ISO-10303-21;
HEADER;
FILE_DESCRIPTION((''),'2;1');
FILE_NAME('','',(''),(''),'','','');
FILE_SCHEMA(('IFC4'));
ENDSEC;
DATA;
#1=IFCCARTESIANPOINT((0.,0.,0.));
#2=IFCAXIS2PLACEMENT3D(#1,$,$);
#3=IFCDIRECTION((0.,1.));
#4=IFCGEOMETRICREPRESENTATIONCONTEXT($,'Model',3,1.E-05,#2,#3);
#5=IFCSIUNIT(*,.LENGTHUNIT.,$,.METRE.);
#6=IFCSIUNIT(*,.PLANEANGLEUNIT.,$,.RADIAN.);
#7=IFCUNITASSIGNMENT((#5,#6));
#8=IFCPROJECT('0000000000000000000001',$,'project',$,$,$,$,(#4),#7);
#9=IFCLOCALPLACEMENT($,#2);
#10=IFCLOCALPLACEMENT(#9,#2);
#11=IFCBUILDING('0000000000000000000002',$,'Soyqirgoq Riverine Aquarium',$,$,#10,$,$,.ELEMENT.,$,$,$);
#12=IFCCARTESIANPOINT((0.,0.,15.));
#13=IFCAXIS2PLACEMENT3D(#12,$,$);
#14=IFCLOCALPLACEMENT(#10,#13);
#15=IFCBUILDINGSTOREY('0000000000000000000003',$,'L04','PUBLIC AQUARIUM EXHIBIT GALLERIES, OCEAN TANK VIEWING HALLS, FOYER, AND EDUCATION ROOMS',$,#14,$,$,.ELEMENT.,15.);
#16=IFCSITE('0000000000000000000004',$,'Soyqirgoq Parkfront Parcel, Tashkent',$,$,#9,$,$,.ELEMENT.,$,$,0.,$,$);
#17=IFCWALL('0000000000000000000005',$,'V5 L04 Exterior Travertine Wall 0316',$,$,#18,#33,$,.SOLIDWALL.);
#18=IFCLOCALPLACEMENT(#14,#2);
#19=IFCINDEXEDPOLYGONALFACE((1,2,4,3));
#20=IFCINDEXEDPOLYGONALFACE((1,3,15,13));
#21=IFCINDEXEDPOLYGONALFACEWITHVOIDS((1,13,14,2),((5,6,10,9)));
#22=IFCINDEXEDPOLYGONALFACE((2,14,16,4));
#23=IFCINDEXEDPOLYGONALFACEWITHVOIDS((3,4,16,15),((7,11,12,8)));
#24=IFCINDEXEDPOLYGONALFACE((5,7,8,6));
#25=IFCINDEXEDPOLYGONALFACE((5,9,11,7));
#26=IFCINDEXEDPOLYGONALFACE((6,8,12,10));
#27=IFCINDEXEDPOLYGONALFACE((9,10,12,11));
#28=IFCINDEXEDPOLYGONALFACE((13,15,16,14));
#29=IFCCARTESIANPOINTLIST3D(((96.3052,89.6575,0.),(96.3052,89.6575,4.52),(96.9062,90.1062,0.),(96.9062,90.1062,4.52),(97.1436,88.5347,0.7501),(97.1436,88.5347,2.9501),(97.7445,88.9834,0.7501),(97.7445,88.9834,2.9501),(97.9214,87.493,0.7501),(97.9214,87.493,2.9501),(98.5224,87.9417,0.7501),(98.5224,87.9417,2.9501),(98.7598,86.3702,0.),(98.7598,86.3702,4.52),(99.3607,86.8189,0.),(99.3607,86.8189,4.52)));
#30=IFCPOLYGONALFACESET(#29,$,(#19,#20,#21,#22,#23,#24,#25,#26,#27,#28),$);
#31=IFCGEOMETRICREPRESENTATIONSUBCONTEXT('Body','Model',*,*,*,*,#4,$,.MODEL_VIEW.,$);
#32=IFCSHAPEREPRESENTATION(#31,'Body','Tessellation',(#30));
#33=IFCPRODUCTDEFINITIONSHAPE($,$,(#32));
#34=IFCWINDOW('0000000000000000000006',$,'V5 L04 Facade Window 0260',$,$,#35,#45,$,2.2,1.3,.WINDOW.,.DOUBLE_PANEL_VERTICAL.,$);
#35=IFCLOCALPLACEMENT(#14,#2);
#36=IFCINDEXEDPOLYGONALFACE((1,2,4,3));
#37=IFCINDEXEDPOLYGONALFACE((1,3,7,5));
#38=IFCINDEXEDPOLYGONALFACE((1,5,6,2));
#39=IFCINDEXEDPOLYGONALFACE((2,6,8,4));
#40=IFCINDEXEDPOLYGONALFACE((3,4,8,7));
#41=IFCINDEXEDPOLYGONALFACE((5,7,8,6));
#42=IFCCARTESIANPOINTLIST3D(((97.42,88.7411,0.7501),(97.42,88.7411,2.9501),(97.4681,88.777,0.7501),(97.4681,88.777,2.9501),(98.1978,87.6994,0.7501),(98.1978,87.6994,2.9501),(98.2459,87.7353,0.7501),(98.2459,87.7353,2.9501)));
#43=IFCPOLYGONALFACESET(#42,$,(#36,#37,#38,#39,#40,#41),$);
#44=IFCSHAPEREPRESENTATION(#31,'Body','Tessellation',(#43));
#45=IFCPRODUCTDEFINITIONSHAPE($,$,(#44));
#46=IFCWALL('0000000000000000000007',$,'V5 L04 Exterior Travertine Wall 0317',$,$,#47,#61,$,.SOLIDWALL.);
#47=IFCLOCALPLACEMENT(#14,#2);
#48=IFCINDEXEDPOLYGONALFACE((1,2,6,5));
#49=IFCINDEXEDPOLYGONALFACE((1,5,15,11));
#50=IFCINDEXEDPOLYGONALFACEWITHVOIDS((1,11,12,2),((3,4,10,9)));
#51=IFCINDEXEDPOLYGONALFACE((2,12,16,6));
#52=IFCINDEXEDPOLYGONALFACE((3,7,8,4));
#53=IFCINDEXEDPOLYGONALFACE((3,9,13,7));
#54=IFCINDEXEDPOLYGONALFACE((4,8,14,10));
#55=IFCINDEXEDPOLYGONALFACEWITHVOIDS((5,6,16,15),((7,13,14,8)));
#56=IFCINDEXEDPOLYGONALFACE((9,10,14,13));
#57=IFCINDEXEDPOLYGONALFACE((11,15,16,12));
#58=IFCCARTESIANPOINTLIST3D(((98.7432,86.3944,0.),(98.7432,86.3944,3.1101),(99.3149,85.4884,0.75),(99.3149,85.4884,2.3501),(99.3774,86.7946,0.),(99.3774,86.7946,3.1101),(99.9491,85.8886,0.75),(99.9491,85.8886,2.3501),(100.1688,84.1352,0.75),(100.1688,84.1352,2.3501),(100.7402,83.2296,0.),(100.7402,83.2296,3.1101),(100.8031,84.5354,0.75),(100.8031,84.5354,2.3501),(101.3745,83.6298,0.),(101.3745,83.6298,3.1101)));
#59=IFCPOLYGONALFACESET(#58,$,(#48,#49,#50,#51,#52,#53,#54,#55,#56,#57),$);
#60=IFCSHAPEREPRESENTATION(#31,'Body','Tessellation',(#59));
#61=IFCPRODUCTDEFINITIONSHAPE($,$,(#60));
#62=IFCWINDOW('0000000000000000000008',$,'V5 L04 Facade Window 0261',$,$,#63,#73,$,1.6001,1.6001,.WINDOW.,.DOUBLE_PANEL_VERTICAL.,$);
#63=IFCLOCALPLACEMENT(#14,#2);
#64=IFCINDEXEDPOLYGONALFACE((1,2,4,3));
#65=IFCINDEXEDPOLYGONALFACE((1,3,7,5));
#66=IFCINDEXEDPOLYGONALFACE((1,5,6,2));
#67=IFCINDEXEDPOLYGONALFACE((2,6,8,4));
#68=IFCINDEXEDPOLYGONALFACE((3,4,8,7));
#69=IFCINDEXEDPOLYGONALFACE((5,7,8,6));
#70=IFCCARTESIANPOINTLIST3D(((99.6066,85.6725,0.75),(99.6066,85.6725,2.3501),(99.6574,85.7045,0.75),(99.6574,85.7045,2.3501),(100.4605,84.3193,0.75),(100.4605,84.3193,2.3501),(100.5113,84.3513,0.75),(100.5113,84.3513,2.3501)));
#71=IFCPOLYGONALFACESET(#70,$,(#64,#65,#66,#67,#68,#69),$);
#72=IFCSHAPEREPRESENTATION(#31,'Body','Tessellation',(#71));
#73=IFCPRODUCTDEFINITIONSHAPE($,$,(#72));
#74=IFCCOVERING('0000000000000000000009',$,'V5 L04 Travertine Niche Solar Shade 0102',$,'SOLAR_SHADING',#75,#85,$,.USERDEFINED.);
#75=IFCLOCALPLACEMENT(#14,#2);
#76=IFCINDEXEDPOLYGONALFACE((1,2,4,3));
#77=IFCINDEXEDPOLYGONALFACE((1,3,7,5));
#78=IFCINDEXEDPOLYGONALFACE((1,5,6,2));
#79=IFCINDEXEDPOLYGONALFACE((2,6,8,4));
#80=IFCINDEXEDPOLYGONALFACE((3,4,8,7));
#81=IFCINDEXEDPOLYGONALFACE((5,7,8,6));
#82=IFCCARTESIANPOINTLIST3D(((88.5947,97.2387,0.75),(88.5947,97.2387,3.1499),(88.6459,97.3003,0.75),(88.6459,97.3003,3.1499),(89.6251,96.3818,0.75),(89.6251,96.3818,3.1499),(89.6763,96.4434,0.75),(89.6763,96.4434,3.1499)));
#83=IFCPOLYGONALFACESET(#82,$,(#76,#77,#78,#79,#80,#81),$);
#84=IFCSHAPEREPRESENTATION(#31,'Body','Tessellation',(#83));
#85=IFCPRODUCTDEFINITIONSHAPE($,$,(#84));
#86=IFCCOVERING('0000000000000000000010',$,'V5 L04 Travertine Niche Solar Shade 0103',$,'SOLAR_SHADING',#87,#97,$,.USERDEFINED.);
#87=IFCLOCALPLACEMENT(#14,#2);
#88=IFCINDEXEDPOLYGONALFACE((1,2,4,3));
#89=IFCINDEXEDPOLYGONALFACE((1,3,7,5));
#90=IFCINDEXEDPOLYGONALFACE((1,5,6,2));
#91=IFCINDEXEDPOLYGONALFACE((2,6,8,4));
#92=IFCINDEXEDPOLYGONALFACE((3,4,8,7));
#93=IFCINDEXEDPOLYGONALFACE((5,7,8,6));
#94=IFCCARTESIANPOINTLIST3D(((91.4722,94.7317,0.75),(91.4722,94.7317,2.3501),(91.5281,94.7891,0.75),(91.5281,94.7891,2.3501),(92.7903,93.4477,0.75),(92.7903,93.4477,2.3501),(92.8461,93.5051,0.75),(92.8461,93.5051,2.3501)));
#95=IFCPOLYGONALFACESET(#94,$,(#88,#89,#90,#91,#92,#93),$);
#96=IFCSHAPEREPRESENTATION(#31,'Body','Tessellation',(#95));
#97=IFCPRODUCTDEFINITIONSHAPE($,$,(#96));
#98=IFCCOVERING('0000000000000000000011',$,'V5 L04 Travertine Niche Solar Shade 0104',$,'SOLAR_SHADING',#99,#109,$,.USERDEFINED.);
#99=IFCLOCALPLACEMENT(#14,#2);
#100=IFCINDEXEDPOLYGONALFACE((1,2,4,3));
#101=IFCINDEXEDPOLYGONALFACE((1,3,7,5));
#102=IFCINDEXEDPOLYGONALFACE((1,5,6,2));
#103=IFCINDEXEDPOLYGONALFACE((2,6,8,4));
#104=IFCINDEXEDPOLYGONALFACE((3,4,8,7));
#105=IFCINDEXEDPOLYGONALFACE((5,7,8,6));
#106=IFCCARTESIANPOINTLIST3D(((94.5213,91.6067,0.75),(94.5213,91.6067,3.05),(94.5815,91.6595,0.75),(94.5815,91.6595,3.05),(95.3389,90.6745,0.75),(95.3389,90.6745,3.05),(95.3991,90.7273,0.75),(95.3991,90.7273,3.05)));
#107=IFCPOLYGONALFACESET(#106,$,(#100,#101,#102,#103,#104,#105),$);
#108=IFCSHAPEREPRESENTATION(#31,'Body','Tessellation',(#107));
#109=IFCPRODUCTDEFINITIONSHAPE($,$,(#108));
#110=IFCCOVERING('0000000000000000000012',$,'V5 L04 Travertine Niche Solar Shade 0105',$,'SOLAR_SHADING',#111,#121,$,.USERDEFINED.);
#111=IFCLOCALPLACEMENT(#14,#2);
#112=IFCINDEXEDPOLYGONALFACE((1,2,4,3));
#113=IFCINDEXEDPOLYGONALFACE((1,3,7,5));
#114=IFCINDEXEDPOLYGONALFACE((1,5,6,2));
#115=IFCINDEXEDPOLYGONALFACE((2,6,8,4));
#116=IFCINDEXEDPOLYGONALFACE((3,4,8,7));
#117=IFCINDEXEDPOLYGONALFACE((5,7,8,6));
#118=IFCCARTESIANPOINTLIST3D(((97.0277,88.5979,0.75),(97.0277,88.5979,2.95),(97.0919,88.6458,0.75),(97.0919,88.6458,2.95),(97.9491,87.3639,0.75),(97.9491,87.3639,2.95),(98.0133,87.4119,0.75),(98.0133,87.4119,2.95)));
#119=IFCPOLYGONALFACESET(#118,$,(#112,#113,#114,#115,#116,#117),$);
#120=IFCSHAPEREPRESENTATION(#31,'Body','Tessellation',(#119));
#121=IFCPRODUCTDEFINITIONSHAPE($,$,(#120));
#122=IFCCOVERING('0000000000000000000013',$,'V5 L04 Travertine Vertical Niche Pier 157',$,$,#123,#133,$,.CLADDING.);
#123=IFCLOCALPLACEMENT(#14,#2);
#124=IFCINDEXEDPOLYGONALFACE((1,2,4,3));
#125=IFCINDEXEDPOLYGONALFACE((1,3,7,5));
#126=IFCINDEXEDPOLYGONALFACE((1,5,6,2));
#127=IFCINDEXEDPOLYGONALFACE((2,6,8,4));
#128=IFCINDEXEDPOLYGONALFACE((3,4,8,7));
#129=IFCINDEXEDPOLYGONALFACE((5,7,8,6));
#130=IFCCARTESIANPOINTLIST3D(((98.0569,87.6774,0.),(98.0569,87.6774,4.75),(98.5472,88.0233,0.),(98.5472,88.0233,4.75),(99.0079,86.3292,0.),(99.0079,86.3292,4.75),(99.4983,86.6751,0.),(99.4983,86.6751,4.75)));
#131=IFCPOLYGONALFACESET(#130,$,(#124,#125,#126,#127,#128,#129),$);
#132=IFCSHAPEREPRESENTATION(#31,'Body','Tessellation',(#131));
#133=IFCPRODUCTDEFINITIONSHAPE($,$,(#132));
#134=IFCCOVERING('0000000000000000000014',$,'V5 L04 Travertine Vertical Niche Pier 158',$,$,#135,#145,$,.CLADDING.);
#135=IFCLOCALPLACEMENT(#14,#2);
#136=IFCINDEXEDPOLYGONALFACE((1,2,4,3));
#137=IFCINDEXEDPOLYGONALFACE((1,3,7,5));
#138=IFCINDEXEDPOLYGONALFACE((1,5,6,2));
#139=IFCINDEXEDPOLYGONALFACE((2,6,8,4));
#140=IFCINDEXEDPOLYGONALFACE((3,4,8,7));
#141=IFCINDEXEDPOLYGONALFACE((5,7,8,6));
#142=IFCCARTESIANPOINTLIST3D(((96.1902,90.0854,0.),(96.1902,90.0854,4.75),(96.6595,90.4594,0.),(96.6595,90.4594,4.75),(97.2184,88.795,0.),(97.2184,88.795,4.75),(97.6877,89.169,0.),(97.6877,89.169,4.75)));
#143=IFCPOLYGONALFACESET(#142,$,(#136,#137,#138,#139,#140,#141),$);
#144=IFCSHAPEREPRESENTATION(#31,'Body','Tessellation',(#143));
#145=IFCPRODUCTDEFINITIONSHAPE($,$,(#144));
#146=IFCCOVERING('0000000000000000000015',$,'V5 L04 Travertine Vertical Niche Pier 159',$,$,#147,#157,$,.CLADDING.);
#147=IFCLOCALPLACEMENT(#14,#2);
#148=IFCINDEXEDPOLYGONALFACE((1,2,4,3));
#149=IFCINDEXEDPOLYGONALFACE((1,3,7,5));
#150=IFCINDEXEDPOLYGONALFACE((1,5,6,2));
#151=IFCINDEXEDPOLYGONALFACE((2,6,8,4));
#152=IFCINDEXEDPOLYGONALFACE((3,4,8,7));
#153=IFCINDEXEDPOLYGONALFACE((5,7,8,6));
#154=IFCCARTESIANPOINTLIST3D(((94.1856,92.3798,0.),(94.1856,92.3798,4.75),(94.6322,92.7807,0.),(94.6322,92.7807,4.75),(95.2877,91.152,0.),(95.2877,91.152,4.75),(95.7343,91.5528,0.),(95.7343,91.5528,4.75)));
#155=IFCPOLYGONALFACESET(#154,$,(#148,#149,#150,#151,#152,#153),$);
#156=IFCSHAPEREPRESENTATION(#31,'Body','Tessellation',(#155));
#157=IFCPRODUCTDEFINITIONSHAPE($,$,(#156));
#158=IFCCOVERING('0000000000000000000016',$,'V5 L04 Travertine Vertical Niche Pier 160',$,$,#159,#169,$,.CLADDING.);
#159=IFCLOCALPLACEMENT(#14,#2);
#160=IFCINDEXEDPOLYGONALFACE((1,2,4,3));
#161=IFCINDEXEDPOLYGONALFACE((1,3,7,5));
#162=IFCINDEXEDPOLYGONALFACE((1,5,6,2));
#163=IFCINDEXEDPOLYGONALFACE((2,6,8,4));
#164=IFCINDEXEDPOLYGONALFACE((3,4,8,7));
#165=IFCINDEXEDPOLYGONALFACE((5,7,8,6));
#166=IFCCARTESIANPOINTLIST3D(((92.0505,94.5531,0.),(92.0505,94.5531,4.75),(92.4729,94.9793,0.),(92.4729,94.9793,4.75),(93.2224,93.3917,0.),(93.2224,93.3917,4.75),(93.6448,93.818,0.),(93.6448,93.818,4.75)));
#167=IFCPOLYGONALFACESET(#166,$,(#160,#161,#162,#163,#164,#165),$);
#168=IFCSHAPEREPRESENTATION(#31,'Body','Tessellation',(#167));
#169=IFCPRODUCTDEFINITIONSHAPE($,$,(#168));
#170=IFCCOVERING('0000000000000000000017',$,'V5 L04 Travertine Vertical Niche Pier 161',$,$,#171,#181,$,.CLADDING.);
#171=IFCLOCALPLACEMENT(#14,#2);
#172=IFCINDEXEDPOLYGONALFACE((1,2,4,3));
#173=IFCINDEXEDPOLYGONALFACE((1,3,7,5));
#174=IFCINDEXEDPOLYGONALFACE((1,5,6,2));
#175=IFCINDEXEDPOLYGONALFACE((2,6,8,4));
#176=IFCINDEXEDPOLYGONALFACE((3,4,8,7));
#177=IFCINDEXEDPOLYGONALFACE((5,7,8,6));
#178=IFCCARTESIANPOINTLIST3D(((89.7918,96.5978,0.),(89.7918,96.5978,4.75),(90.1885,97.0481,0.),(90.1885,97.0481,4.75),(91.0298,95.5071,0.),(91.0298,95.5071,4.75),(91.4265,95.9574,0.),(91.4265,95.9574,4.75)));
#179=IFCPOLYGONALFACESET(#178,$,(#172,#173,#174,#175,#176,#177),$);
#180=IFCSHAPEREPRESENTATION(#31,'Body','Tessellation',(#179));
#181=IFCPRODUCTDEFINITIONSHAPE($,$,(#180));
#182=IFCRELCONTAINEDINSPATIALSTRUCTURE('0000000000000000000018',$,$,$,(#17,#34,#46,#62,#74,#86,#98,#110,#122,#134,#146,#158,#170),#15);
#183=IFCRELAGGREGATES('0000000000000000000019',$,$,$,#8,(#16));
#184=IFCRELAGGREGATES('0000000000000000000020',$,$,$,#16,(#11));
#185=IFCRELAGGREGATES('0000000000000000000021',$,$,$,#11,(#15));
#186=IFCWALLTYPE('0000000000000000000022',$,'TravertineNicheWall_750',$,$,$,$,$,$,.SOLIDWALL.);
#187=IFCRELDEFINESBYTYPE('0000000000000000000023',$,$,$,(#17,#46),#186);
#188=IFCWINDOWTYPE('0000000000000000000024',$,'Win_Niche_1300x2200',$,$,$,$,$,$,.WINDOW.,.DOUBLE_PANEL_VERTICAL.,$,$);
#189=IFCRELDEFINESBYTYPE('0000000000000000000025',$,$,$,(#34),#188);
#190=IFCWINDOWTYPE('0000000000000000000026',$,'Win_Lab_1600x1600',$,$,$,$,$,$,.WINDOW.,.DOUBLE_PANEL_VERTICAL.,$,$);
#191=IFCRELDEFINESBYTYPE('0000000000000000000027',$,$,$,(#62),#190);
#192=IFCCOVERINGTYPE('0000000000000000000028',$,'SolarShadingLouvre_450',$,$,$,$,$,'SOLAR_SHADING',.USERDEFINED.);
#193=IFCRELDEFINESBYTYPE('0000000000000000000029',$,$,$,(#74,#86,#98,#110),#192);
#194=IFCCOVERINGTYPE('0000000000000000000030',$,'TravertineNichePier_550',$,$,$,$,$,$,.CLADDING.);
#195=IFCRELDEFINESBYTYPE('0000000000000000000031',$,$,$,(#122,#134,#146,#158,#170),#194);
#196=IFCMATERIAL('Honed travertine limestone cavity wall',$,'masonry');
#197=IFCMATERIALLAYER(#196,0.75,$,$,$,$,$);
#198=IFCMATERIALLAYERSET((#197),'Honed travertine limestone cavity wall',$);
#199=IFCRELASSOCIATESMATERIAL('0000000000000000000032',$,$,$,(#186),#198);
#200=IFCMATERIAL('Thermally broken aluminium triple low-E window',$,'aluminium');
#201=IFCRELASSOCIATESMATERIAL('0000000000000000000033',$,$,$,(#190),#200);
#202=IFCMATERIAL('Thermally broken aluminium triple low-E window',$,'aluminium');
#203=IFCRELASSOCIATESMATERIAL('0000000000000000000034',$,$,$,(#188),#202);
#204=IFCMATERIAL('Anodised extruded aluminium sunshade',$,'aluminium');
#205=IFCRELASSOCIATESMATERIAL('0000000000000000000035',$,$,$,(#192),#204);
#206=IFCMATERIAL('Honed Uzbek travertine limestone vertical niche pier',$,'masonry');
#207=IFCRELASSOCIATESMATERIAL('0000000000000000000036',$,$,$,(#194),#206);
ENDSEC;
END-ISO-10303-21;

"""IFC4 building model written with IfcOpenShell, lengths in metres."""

from ifc_helpers import new_model, si_unit, direction, frame, frame_2d, origin, origin_2d, place, context, subcontext, project, spatial, rectangle, extrude, material, layer, layer_set, type_object, element, fill, save


model = new_model("IFC4")

# Units and contexts
model_context = context("Model", 3, precision=1e-05, world=origin(), true_north=direction((0.0, 1.0)))
body_context = subcontext(model_context, "Body", "Model", "MODEL_VIEW")
ifc_project = project(units=[si_unit("LENGTHUNIT", "METRE"), si_unit("PLANEANGLEUNIT", "RADIAN")], contexts=[model_context])

# Site, building, storey
site_placement = place(None, origin())
site = spatial("IfcSite", under=ifc_project, at=site_placement, Name="Soyqirgoq Parkfront Parcel, Tashkent", CompositionType="ELEMENT", RefElevation=0.0)
building_placement = place(site_placement, origin())
building = spatial("IfcBuilding", under=site, at=building_placement, Name="Soyqirgoq Riverine Aquarium", CompositionType="ELEMENT")
storey_placement = place(building_placement, frame((0.0, 0.0, 15.0)))
storey = spatial("IfcBuildingStorey", under=building, at=storey_placement, Name="L04", Description="PUBLIC AQUARIUM EXHIBIT GALLERIES, OCEAN TANK VIEWING HALLS, FOYER, AND EDUCATION ROOMS", CompositionType="ELEMENT", Elevation=15.0)

# Walls, openings, windows
ifc_material_1 = material(Name="Honed travertine limestone cavity wall", Category="masonry")
ifc_layer = layer(ifc_material_1, 0.75)
ifc_layer_set = layer_set([ifc_layer], Name="Honed travertine limestone cavity wall")
wall_type = type_object("IfcWallType", Name="TravertineNicheWall_750", PredefinedType="SOLIDWALL", material=ifc_layer_set)
ifc_material_2 = material(Name="Thermally broken aluminium triple low-E window", Category="aluminium")
window_type_1 = type_object("IfcWindowType", Name="Win_Lab_1600x1600", PartitioningType="DOUBLE_PANEL_VERTICAL", PredefinedType="WINDOW", material=ifc_material_2)
wall_1_placement = place(storey_placement, frame((96.6057, 89.8818, 0.0), z_axis=(0.0, 0.0, 1.0), x_axis=(0.598294, -0.801276, 0.0)))
wall_1 = element("IfcWall", 1, at=wall_1_placement, inside=storey, type_object=wall_type, Name="V5 L04 Exterior Travertine Wall 0316", PredefinedType="SOLIDWALL", context=body_context, shape_type="SweptSolid", body=[
    extrude(rectangle(XDim=4.1025, YDim=0.75, at=frame_2d((2.0513, 0.0))), origin(), (0.0, 0.0, 1.0), 4.52),
])
opening_1_placement = place(wall_1_placement, frame((1.4014, 0.0, 0.75)))
opening_1 = element("IfcOpeningElement", 2, at=opening_1_placement, cuts=wall_1, PredefinedType="OPENING", context=body_context, shape_type="SweptSolid", body=[
    extrude(rectangle(XDim=1.3, YDim=2.2, at=frame_2d((0.6499, 1.1001))), frame((0.0, 0.385, 0.0), z_axis=(0.0, -1.0, 0.0), x_axis=(1.0, 0.0, 0.0)), (0.0, 0.0, 1.0), 0.77),
])
ifc_material_3 = material(Name="Thermally broken aluminium triple low-E window", Category="aluminium")
window_type_2 = type_object("IfcWindowType", Name="Win_Niche_1300x2200", PartitioningType="DOUBLE_PANEL_VERTICAL", PredefinedType="WINDOW", material=ifc_material_3)
window_1_placement = place(opening_1_placement, origin())
window_1 = element("IfcWindow", 3, at=window_1_placement, inside=storey, type_object=window_type_2, Name="V5 L04 Facade Window 0260", OverallHeight=2.2, OverallWidth=1.3, PartitioningType="DOUBLE_PANEL_VERTICAL", PredefinedType="WINDOW", context=body_context, shape_type="SweptSolid", body=[
    extrude(rectangle(XDim=1.3, YDim=2.2, at=frame_2d((0.6499, 1.1001))), frame((0.0, 0.03, 0.0), z_axis=(0.0, -1.0, 0.0), x_axis=(1.0, 0.0, 0.0)), (0.0, 0.0, 1.0), 0.0601),
])
fill(opening_1, window_1)
wall_2_placement = place(storey_placement, frame((99.0603, 86.5945, 0.0), z_axis=(0.0, 0.0, 1.0), x_axis=(0.533659, -0.8457, 0.0)))
wall_2 = element("IfcWall", 4, at=wall_2_placement, inside=storey, type_object=wall_type, Name="V5 L04 Exterior Travertine Wall 0317", PredefinedType="SOLIDWALL", context=body_context, shape_type="SweptSolid", body=[
    extrude(rectangle(XDim=3.7422, YDim=0.75, at=frame_2d((1.8711, 0.0))), origin(), (0.0, 0.0, 1.0), 3.1101),
])
opening_2_placement = place(wall_2_placement, frame((1.0713, 0.0, 0.75)))
opening_2 = element("IfcOpeningElement", 5, at=opening_2_placement, cuts=wall_2, PredefinedType="OPENING", context=body_context, shape_type="SweptSolid", body=[
    extrude(rectangle(XDim=1.6001, YDim=1.6001, at=frame_2d((0.8, 0.8))), frame((0.0, 0.385, 0.0), z_axis=(0.0, -1.0, 0.0), x_axis=(1.0, 0.0, 0.0)), (0.0, 0.0, 1.0), 0.77),
])
window_2_placement = place(opening_2_placement, origin())
window_2 = element("IfcWindow", 6, at=window_2_placement, inside=storey, type_object=window_type_1, Name="V5 L04 Facade Window 0261", OverallHeight=1.6001, OverallWidth=1.6001, PartitioningType="DOUBLE_PANEL_VERTICAL", PredefinedType="WINDOW", context=body_context, shape_type="SweptSolid", body=[
    extrude(rectangle(XDim=1.6001, YDim=1.6001, at=frame_2d((0.8, 0.8))), frame((0.0, 0.03, 0.0), z_axis=(0.0, -1.0, 0.0), x_axis=(1.0, 0.0, 0.0)), (0.0, 0.0, 1.0), 0.0601),
])
fill(opening_2, window_2)

# Coverings
ifc_material_4 = material(Name="Anodised extruded aluminium sunshade", Category="aluminium")
covering_type_1 = type_object("IfcCoveringType", Name="SolarShadingLouvre_450", ElementType="SOLAR_SHADING", PredefinedType="USERDEFINED", material=ifc_material_4)
covering_1_placement = place(storey_placement, frame((89.1355, 96.8411, 0.75), z_axis=(0.0, 0.0, 1.0), x_axis=(0.768842, -0.639439, 0.0)))
element("IfcCovering", 7, at=covering_1_placement, inside=storey, type_object=covering_type_1, Name="V5 L04 Travertine Niche Solar Shade 0102", ObjectType="SOLAR_SHADING", PredefinedType="USERDEFINED", context=body_context, shape_type="SweptSolid", body=[
    extrude(rectangle(XDim=1.3401, YDim=0.0801, at=origin_2d()), origin(), (0.0, 0.0, 1.0), 2.3999),
])
covering_2_placement = place(storey_placement, frame((92.1592, 94.1184, 0.75), z_axis=(0.0, 0.0, 1.0), x_axis=(0.716302, -0.69779, 0.0)))
element("IfcCovering", 8, at=covering_2_placement, inside=storey, type_object=covering_type_1, Name="V5 L04 Travertine Niche Solar Shade 0103", ObjectType="SOLAR_SHADING", PredefinedType="USERDEFINED", context=body_context, shape_type="SweptSolid", body=[
    extrude(rectangle(XDim=1.8401, YDim=0.0801, at=origin_2d()), origin(), (0.0, 0.0, 1.0), 1.6001),
])
covering_3_placement = place(storey_placement, frame((94.9602, 91.167, 0.75), z_axis=(0.0, 0.0, 1.0), x_axis=(0.659346, -0.75184, 0.0)))
element("IfcCovering", 9, at=covering_3_placement, inside=storey, type_object=covering_type_1, Name="V5 L04 Travertine Niche Solar Shade 0104", ObjectType="SOLAR_SHADING", PredefinedType="USERDEFINED", context=body_context, shape_type="SweptSolid", body=[
    extrude(rectangle(XDim=1.24, YDim=0.0801, at=origin_2d()), origin(), (0.0, 0.0, 1.0), 2.3),
])
covering_4_placement = place(storey_placement, frame((97.5205, 88.0049, 0.75), z_axis=(0.0, 0.0, 1.0), x_axis=(0.598325, -0.801254, 0.0)))
element("IfcCovering", 10, at=covering_4_placement, inside=storey, type_object=covering_type_1, Name="V5 L04 Travertine Niche Solar Shade 0105", ObjectType="SOLAR_SHADING", PredefinedType="USERDEFINED", context=body_context, shape_type="SweptSolid", body=[
    extrude(rectangle(XDim=1.54, YDim=0.0801, at=origin_2d()), origin(), (0.0, 0.0, 1.0), 2.2),
])
ifc_material_5 = material(Name="Honed Uzbek travertine limestone vertical niche pier", Category="masonry")
covering_type_2 = type_object("IfcCoveringType", Name="TravertineNichePier_550", PredefinedType="CLADDING", material=ifc_material_5)
for number, where, z_axis, x_axis, name in (
    (11, (98.7776, 87.1763, 0.0), (0.0, 0.0, 1.0), (0.817145, 0.576432, 0.0), "V5 L04 Travertine Vertical Niche Pier 157"),
    (12, (96.939, 89.6272, 0.0), (0.0, 0.0, 1.0), (0.782065, 0.623197, 0.0), "V5 L04 Travertine Vertical Niche Pier 158"),
    (13, (94.96, 91.9663, 0.0), (0.0, 0.0, 1.0), (0.744195, 0.667962, 0.0), "V5 L04 Travertine Vertical Niche Pier 159"),
    (14, (92.8477, 94.1855, 0.0), (0.0, 0.0, 1.0), (0.703891, 0.710308, 0.0), "V5 L04 Travertine Vertical Niche Pier 160"),
    (15, (90.6091, 96.2776, 0.0), (0.0, 0.0, 1.0), (0.66105, 0.750342, 0.0), "V5 L04 Travertine Vertical Niche Pier 161"),
):
    element("IfcCovering", number, at=place(storey_placement, frame(where, z_axis=z_axis, x_axis=x_axis)), inside=storey, type_object=covering_type_2, Name=name, PredefinedType="CLADDING", context=body_context, shape_type="SweptSolid", body=[
        extrude(rectangle(XDim=0.6001, YDim=1.6499, at=origin_2d()), origin(), (0.0, 0.0, 1.0), 4.75),
    ])

save(model, "model.ifc")
